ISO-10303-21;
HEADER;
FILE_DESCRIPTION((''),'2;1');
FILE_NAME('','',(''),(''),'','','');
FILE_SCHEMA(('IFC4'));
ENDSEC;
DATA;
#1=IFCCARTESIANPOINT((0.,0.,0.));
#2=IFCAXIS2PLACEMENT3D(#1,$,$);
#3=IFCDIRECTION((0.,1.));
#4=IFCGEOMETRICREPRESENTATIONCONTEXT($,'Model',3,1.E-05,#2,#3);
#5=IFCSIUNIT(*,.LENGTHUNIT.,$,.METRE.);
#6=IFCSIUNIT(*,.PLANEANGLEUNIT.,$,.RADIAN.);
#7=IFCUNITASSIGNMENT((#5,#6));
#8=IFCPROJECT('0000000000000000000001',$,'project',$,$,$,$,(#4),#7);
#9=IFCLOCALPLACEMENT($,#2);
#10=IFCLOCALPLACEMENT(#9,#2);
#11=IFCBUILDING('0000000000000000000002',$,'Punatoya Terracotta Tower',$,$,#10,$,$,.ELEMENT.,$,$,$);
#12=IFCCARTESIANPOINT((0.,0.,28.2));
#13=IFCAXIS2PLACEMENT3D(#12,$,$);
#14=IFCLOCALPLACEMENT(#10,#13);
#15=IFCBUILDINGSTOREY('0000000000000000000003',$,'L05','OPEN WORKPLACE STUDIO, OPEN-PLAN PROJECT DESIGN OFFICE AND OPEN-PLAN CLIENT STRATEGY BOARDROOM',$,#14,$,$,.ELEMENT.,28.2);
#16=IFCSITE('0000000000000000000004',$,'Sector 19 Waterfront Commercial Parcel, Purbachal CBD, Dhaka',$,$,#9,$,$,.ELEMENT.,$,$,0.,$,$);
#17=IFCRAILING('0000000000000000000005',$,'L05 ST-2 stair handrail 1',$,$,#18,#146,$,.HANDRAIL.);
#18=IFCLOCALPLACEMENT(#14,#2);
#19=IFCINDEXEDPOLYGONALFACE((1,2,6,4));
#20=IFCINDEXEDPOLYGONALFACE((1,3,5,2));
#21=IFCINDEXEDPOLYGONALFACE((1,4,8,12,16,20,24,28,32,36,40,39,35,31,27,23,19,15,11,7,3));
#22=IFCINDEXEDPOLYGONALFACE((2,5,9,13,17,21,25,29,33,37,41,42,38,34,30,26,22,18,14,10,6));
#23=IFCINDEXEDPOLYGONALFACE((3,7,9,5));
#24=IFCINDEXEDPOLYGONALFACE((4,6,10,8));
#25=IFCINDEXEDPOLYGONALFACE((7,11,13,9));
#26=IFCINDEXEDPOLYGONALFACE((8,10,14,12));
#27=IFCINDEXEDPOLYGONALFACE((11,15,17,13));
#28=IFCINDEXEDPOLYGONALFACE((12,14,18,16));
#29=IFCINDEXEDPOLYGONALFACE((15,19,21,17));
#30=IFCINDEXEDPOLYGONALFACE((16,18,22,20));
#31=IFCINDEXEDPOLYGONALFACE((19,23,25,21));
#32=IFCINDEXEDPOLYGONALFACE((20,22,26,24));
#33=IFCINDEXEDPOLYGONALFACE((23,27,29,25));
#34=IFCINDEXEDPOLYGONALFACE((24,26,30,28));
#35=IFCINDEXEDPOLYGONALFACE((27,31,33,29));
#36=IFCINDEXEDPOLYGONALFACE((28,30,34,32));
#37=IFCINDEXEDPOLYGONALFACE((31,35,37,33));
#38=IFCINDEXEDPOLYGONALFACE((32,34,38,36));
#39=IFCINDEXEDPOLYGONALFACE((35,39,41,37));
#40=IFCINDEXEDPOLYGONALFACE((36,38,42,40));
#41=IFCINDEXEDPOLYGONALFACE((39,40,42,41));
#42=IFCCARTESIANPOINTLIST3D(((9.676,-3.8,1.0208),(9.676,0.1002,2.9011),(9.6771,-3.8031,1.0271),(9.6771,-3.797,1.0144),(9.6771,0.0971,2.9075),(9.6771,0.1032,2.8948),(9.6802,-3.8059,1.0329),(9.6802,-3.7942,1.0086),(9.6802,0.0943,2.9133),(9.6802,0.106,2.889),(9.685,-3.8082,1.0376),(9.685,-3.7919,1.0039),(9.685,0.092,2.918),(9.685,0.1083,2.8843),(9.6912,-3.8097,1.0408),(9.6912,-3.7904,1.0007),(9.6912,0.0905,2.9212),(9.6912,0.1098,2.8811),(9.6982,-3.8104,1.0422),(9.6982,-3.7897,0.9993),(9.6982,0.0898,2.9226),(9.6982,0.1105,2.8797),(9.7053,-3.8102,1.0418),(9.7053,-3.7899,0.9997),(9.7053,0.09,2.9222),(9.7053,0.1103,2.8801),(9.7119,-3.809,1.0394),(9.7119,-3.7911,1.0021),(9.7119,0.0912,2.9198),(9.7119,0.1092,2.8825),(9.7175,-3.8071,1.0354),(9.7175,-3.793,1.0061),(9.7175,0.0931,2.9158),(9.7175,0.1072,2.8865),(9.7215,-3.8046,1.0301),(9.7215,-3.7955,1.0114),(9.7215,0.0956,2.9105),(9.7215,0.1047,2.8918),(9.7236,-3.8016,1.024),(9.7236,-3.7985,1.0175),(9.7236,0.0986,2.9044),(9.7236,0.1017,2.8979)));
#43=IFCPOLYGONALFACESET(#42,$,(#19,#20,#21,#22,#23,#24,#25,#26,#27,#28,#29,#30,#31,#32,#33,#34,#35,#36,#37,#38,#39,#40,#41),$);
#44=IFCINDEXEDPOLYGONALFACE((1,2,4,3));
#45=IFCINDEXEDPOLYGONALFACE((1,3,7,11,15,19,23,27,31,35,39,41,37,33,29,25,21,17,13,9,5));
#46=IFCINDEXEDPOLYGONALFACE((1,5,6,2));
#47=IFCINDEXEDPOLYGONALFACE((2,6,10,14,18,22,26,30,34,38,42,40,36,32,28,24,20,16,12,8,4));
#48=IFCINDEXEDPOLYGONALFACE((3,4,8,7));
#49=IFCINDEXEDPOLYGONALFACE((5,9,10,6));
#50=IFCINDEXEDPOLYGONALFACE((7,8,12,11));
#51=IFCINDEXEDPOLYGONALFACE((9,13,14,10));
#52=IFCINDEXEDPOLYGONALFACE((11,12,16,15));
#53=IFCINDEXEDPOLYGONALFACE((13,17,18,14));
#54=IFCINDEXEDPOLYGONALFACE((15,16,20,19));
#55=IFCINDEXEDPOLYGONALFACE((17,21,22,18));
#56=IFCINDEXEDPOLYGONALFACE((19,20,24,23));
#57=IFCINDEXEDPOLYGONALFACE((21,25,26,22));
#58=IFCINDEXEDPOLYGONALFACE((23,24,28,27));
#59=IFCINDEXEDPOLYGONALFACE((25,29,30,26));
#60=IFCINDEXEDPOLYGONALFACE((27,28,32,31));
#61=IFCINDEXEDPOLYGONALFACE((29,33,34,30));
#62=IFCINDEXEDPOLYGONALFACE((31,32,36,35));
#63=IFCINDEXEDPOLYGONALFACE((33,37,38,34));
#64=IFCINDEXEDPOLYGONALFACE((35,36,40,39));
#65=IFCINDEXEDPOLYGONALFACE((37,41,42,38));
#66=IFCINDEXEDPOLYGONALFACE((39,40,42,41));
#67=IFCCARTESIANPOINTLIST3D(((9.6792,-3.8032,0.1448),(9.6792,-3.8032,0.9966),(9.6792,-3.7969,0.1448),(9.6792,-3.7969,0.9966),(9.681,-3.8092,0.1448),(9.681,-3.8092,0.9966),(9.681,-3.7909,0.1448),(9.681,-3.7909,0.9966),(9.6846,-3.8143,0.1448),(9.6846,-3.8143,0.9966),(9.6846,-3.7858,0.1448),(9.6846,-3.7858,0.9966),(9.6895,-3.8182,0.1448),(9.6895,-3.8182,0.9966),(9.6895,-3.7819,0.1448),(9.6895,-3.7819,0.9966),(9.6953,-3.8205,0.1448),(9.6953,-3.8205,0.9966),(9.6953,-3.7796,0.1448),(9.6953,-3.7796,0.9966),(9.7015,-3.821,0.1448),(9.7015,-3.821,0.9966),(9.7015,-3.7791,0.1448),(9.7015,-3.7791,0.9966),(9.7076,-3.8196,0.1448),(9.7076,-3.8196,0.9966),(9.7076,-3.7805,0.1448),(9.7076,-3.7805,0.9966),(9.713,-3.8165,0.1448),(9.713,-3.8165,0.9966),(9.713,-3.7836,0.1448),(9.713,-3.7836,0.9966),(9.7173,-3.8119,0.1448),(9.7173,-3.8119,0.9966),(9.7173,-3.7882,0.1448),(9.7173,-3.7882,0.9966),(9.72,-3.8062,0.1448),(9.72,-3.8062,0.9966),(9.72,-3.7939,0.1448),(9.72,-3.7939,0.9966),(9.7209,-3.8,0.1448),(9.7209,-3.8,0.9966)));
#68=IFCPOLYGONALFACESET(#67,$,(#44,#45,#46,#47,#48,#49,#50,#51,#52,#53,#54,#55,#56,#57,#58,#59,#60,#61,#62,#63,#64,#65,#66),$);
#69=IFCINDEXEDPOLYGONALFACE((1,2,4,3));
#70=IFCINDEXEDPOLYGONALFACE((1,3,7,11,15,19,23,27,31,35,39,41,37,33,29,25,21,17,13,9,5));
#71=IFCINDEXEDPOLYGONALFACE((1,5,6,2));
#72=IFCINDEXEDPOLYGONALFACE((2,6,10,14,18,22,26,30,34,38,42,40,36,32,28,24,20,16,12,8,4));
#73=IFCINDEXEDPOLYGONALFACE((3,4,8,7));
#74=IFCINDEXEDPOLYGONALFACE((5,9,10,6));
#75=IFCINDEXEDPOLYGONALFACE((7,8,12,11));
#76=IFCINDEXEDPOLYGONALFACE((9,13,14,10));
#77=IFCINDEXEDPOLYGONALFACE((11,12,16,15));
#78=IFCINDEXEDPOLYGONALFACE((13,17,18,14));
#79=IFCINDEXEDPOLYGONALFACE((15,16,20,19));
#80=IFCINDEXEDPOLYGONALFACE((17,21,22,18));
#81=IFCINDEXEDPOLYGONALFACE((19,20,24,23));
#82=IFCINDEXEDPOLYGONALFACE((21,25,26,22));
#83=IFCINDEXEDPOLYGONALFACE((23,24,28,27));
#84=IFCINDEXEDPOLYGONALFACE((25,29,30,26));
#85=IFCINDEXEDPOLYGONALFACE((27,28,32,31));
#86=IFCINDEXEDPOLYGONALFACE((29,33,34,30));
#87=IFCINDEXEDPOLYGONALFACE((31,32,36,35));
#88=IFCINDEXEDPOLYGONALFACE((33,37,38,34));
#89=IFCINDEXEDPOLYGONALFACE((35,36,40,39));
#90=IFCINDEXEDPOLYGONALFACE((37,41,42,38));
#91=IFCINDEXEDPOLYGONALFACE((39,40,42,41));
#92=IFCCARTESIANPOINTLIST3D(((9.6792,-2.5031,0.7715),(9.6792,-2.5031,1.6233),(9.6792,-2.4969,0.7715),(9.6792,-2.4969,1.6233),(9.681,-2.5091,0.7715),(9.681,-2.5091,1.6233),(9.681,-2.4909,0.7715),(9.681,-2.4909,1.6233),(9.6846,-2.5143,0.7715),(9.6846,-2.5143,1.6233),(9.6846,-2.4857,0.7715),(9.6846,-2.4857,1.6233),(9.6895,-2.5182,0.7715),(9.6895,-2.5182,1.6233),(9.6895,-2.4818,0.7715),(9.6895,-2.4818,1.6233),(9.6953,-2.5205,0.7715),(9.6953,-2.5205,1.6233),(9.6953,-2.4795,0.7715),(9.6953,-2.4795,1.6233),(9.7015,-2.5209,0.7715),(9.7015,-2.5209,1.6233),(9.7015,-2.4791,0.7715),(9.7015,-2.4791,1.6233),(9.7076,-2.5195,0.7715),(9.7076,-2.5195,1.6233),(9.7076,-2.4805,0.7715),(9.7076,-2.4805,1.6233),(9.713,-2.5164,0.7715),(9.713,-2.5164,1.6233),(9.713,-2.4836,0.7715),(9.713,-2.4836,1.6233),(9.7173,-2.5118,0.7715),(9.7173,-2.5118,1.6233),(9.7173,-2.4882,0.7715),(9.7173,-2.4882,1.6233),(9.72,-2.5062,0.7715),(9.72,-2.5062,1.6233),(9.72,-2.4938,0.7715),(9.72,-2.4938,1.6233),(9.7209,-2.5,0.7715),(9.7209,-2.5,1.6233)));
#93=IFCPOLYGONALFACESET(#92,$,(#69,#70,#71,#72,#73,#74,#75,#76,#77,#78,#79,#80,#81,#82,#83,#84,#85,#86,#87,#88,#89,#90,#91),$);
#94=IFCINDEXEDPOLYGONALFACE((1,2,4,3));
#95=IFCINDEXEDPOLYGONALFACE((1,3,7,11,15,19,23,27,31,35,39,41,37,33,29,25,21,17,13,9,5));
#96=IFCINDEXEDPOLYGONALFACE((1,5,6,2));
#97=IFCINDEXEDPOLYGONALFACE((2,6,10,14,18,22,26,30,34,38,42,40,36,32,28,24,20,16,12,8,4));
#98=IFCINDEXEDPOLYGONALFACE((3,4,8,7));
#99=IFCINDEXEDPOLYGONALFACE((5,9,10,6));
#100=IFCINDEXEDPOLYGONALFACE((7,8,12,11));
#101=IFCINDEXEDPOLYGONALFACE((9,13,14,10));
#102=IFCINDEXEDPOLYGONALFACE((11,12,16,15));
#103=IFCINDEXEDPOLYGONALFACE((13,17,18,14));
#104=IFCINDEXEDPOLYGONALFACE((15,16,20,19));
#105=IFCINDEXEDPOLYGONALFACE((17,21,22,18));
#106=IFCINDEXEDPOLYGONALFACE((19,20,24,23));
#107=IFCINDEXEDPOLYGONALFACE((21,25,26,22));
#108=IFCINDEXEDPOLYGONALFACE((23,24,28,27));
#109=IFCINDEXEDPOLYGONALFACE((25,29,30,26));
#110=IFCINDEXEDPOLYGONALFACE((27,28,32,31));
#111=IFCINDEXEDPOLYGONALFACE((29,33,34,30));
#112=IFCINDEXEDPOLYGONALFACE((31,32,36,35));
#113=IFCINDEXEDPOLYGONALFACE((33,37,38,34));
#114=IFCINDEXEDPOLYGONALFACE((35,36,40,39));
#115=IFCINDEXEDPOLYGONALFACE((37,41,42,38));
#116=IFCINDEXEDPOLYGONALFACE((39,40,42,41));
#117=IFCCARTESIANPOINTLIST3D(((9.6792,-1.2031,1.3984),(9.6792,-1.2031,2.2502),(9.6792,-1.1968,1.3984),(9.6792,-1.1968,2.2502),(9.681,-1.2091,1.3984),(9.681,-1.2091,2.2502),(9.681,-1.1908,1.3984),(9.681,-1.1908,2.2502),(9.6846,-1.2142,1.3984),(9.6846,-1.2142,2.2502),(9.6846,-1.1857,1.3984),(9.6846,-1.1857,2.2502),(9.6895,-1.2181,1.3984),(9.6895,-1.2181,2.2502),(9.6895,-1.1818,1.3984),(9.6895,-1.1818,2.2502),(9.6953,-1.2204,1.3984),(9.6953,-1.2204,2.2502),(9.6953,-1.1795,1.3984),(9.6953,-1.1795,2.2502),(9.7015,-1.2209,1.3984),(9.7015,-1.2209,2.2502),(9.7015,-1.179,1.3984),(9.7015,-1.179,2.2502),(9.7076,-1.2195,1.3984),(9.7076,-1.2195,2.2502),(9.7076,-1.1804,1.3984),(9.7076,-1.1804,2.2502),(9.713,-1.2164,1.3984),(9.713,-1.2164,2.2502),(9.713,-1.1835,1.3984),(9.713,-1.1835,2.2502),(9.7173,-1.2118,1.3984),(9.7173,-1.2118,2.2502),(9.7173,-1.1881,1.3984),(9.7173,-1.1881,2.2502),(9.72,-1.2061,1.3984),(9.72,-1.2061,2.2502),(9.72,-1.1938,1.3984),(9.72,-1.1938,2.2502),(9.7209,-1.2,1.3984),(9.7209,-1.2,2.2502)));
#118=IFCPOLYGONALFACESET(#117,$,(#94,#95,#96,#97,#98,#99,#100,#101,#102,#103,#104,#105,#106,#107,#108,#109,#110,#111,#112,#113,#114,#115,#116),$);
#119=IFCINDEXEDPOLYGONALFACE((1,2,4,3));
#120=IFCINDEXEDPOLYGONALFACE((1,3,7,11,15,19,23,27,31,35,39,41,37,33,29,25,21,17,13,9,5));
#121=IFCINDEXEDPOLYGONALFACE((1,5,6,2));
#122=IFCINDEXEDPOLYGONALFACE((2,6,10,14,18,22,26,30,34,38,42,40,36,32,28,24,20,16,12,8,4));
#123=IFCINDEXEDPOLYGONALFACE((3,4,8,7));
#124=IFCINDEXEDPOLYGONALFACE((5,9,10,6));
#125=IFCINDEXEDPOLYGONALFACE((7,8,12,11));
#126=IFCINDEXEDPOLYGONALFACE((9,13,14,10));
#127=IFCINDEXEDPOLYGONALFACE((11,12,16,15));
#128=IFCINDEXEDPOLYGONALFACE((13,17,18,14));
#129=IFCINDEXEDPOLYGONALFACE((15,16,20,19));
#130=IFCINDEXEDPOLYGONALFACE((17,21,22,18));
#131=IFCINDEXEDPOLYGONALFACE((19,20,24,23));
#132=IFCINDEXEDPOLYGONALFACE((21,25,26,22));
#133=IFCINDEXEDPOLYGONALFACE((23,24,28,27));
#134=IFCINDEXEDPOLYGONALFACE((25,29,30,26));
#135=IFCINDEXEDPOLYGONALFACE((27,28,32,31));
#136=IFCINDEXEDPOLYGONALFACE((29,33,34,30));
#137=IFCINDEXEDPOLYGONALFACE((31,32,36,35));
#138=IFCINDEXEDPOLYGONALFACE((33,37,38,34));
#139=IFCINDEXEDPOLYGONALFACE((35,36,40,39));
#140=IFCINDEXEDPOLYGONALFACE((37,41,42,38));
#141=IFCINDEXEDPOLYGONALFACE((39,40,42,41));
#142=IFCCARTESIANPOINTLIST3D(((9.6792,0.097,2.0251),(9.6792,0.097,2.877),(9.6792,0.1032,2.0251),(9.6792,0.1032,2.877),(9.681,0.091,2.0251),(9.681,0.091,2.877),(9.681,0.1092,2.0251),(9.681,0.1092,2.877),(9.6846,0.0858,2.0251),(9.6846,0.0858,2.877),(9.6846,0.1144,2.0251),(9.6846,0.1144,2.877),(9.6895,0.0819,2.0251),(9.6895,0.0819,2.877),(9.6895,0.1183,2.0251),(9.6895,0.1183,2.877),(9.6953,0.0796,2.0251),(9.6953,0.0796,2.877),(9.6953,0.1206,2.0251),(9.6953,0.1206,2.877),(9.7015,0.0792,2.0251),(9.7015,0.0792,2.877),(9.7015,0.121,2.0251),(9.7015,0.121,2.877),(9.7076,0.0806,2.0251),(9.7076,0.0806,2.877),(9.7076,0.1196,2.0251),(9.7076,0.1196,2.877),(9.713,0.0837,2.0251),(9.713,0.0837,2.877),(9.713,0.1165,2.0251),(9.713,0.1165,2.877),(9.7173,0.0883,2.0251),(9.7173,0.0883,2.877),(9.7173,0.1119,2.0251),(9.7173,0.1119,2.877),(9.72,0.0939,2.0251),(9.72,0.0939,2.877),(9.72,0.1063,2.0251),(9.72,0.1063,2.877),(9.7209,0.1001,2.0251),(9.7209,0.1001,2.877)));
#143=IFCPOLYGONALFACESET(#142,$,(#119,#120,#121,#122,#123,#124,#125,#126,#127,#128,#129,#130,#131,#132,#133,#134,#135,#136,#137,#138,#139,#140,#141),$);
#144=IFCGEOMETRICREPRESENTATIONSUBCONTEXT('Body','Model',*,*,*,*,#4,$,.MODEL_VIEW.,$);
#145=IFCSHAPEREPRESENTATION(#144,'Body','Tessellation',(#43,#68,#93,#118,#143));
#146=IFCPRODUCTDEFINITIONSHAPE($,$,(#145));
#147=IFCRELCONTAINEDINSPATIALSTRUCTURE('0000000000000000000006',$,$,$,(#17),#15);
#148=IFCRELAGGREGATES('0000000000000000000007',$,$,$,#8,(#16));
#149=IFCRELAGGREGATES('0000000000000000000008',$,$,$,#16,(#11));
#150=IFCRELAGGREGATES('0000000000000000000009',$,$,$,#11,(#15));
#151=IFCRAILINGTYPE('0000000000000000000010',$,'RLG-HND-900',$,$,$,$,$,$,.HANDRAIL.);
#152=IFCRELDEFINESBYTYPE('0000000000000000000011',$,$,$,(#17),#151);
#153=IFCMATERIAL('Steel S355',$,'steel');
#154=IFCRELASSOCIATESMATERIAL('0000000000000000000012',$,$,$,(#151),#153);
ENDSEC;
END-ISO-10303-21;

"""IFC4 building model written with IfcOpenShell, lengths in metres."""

from ifc_helpers import new_model, si_unit, direction, frame, origin, origin_2d, place, context, subcontext, project, spatial, circle, extrude, material, type_object, element, save


model = new_model("IFC4")

# Units and contexts
model_context = context("Model", 3, precision=1e-05, world=origin(), true_north=direction((0.0, 1.0)))
body_context = subcontext(model_context, "Body", "Model", "MODEL_VIEW")
ifc_project = project(units=[si_unit("LENGTHUNIT", "METRE"), si_unit("PLANEANGLEUNIT", "RADIAN")], contexts=[model_context])

# Site, building, storey
site_placement = place(None, origin())
site = spatial("IfcSite", under=ifc_project, at=site_placement, Name="Sector 19 Waterfront Commercial Parcel, Purbachal CBD, Dhaka", CompositionType="ELEMENT", RefElevation=0.0)
building_placement = place(site_placement, origin())
building = spatial("IfcBuilding", under=site, at=building_placement, Name="Punatoya Terracotta Tower", CompositionType="ELEMENT")
storey_placement = place(building_placement, frame((0.0, 0.0, 28.2)))
storey = spatial("IfcBuildingStorey", under=building, at=storey_placement, Name="L05", Description="OPEN WORKPLACE STUDIO, OPEN-PLAN PROJECT DESIGN OFFICE AND OPEN-PLAN CLIENT STRATEGY BOARDROOM", CompositionType="ELEMENT", Elevation=28.2)

# Railing
ifc_material_1 = material(Name="Steel S355", Category="steel")
railing_type_1 = type_object("IfcRailingType", Name="RLG-HND-900", PredefinedType="HANDRAIL", material=ifc_material_1)
railing_1_placement = place(storey_placement, frame((9.7, -3.8, 0.1448)))
element("IfcRailing", 1, at=railing_1_placement, inside=storey, type_object=railing_type_1, Name="L05 ST-2 stair handrail 1", PredefinedType="HANDRAIL", context=body_context, shape_type="SweptSolid", body=[
    extrude(circle(Radius=0.0239, at=origin_2d()), frame((0.0, 0.0, 0.876), z_axis=(0.0, 0.900774, 0.434289), x_axis=(-1.0, 0.0, 0.0)), (0.0, 0.0, 1.0), 4.3298),
    extrude(circle(Radius=0.021, at=origin_2d()), origin(), (0.0, 0.0, 1.0), 0.8518),
    extrude(circle(Radius=0.021, at=origin_2d()), frame((0.0, 1.3, 0.6267)), (0.0, 0.0, 1.0), 0.8518),
    extrude(circle(Radius=0.021, at=origin_2d()), frame((0.0, 2.6001, 1.2537)), (0.0, 0.0, 1.0), 0.8518),
    extrude(circle(Radius=0.021, at=origin_2d()), frame((0.0, 3.9001, 1.8804)), (0.0, 0.0, 1.0), 0.8518),
])

save(model, "model.ifc")
